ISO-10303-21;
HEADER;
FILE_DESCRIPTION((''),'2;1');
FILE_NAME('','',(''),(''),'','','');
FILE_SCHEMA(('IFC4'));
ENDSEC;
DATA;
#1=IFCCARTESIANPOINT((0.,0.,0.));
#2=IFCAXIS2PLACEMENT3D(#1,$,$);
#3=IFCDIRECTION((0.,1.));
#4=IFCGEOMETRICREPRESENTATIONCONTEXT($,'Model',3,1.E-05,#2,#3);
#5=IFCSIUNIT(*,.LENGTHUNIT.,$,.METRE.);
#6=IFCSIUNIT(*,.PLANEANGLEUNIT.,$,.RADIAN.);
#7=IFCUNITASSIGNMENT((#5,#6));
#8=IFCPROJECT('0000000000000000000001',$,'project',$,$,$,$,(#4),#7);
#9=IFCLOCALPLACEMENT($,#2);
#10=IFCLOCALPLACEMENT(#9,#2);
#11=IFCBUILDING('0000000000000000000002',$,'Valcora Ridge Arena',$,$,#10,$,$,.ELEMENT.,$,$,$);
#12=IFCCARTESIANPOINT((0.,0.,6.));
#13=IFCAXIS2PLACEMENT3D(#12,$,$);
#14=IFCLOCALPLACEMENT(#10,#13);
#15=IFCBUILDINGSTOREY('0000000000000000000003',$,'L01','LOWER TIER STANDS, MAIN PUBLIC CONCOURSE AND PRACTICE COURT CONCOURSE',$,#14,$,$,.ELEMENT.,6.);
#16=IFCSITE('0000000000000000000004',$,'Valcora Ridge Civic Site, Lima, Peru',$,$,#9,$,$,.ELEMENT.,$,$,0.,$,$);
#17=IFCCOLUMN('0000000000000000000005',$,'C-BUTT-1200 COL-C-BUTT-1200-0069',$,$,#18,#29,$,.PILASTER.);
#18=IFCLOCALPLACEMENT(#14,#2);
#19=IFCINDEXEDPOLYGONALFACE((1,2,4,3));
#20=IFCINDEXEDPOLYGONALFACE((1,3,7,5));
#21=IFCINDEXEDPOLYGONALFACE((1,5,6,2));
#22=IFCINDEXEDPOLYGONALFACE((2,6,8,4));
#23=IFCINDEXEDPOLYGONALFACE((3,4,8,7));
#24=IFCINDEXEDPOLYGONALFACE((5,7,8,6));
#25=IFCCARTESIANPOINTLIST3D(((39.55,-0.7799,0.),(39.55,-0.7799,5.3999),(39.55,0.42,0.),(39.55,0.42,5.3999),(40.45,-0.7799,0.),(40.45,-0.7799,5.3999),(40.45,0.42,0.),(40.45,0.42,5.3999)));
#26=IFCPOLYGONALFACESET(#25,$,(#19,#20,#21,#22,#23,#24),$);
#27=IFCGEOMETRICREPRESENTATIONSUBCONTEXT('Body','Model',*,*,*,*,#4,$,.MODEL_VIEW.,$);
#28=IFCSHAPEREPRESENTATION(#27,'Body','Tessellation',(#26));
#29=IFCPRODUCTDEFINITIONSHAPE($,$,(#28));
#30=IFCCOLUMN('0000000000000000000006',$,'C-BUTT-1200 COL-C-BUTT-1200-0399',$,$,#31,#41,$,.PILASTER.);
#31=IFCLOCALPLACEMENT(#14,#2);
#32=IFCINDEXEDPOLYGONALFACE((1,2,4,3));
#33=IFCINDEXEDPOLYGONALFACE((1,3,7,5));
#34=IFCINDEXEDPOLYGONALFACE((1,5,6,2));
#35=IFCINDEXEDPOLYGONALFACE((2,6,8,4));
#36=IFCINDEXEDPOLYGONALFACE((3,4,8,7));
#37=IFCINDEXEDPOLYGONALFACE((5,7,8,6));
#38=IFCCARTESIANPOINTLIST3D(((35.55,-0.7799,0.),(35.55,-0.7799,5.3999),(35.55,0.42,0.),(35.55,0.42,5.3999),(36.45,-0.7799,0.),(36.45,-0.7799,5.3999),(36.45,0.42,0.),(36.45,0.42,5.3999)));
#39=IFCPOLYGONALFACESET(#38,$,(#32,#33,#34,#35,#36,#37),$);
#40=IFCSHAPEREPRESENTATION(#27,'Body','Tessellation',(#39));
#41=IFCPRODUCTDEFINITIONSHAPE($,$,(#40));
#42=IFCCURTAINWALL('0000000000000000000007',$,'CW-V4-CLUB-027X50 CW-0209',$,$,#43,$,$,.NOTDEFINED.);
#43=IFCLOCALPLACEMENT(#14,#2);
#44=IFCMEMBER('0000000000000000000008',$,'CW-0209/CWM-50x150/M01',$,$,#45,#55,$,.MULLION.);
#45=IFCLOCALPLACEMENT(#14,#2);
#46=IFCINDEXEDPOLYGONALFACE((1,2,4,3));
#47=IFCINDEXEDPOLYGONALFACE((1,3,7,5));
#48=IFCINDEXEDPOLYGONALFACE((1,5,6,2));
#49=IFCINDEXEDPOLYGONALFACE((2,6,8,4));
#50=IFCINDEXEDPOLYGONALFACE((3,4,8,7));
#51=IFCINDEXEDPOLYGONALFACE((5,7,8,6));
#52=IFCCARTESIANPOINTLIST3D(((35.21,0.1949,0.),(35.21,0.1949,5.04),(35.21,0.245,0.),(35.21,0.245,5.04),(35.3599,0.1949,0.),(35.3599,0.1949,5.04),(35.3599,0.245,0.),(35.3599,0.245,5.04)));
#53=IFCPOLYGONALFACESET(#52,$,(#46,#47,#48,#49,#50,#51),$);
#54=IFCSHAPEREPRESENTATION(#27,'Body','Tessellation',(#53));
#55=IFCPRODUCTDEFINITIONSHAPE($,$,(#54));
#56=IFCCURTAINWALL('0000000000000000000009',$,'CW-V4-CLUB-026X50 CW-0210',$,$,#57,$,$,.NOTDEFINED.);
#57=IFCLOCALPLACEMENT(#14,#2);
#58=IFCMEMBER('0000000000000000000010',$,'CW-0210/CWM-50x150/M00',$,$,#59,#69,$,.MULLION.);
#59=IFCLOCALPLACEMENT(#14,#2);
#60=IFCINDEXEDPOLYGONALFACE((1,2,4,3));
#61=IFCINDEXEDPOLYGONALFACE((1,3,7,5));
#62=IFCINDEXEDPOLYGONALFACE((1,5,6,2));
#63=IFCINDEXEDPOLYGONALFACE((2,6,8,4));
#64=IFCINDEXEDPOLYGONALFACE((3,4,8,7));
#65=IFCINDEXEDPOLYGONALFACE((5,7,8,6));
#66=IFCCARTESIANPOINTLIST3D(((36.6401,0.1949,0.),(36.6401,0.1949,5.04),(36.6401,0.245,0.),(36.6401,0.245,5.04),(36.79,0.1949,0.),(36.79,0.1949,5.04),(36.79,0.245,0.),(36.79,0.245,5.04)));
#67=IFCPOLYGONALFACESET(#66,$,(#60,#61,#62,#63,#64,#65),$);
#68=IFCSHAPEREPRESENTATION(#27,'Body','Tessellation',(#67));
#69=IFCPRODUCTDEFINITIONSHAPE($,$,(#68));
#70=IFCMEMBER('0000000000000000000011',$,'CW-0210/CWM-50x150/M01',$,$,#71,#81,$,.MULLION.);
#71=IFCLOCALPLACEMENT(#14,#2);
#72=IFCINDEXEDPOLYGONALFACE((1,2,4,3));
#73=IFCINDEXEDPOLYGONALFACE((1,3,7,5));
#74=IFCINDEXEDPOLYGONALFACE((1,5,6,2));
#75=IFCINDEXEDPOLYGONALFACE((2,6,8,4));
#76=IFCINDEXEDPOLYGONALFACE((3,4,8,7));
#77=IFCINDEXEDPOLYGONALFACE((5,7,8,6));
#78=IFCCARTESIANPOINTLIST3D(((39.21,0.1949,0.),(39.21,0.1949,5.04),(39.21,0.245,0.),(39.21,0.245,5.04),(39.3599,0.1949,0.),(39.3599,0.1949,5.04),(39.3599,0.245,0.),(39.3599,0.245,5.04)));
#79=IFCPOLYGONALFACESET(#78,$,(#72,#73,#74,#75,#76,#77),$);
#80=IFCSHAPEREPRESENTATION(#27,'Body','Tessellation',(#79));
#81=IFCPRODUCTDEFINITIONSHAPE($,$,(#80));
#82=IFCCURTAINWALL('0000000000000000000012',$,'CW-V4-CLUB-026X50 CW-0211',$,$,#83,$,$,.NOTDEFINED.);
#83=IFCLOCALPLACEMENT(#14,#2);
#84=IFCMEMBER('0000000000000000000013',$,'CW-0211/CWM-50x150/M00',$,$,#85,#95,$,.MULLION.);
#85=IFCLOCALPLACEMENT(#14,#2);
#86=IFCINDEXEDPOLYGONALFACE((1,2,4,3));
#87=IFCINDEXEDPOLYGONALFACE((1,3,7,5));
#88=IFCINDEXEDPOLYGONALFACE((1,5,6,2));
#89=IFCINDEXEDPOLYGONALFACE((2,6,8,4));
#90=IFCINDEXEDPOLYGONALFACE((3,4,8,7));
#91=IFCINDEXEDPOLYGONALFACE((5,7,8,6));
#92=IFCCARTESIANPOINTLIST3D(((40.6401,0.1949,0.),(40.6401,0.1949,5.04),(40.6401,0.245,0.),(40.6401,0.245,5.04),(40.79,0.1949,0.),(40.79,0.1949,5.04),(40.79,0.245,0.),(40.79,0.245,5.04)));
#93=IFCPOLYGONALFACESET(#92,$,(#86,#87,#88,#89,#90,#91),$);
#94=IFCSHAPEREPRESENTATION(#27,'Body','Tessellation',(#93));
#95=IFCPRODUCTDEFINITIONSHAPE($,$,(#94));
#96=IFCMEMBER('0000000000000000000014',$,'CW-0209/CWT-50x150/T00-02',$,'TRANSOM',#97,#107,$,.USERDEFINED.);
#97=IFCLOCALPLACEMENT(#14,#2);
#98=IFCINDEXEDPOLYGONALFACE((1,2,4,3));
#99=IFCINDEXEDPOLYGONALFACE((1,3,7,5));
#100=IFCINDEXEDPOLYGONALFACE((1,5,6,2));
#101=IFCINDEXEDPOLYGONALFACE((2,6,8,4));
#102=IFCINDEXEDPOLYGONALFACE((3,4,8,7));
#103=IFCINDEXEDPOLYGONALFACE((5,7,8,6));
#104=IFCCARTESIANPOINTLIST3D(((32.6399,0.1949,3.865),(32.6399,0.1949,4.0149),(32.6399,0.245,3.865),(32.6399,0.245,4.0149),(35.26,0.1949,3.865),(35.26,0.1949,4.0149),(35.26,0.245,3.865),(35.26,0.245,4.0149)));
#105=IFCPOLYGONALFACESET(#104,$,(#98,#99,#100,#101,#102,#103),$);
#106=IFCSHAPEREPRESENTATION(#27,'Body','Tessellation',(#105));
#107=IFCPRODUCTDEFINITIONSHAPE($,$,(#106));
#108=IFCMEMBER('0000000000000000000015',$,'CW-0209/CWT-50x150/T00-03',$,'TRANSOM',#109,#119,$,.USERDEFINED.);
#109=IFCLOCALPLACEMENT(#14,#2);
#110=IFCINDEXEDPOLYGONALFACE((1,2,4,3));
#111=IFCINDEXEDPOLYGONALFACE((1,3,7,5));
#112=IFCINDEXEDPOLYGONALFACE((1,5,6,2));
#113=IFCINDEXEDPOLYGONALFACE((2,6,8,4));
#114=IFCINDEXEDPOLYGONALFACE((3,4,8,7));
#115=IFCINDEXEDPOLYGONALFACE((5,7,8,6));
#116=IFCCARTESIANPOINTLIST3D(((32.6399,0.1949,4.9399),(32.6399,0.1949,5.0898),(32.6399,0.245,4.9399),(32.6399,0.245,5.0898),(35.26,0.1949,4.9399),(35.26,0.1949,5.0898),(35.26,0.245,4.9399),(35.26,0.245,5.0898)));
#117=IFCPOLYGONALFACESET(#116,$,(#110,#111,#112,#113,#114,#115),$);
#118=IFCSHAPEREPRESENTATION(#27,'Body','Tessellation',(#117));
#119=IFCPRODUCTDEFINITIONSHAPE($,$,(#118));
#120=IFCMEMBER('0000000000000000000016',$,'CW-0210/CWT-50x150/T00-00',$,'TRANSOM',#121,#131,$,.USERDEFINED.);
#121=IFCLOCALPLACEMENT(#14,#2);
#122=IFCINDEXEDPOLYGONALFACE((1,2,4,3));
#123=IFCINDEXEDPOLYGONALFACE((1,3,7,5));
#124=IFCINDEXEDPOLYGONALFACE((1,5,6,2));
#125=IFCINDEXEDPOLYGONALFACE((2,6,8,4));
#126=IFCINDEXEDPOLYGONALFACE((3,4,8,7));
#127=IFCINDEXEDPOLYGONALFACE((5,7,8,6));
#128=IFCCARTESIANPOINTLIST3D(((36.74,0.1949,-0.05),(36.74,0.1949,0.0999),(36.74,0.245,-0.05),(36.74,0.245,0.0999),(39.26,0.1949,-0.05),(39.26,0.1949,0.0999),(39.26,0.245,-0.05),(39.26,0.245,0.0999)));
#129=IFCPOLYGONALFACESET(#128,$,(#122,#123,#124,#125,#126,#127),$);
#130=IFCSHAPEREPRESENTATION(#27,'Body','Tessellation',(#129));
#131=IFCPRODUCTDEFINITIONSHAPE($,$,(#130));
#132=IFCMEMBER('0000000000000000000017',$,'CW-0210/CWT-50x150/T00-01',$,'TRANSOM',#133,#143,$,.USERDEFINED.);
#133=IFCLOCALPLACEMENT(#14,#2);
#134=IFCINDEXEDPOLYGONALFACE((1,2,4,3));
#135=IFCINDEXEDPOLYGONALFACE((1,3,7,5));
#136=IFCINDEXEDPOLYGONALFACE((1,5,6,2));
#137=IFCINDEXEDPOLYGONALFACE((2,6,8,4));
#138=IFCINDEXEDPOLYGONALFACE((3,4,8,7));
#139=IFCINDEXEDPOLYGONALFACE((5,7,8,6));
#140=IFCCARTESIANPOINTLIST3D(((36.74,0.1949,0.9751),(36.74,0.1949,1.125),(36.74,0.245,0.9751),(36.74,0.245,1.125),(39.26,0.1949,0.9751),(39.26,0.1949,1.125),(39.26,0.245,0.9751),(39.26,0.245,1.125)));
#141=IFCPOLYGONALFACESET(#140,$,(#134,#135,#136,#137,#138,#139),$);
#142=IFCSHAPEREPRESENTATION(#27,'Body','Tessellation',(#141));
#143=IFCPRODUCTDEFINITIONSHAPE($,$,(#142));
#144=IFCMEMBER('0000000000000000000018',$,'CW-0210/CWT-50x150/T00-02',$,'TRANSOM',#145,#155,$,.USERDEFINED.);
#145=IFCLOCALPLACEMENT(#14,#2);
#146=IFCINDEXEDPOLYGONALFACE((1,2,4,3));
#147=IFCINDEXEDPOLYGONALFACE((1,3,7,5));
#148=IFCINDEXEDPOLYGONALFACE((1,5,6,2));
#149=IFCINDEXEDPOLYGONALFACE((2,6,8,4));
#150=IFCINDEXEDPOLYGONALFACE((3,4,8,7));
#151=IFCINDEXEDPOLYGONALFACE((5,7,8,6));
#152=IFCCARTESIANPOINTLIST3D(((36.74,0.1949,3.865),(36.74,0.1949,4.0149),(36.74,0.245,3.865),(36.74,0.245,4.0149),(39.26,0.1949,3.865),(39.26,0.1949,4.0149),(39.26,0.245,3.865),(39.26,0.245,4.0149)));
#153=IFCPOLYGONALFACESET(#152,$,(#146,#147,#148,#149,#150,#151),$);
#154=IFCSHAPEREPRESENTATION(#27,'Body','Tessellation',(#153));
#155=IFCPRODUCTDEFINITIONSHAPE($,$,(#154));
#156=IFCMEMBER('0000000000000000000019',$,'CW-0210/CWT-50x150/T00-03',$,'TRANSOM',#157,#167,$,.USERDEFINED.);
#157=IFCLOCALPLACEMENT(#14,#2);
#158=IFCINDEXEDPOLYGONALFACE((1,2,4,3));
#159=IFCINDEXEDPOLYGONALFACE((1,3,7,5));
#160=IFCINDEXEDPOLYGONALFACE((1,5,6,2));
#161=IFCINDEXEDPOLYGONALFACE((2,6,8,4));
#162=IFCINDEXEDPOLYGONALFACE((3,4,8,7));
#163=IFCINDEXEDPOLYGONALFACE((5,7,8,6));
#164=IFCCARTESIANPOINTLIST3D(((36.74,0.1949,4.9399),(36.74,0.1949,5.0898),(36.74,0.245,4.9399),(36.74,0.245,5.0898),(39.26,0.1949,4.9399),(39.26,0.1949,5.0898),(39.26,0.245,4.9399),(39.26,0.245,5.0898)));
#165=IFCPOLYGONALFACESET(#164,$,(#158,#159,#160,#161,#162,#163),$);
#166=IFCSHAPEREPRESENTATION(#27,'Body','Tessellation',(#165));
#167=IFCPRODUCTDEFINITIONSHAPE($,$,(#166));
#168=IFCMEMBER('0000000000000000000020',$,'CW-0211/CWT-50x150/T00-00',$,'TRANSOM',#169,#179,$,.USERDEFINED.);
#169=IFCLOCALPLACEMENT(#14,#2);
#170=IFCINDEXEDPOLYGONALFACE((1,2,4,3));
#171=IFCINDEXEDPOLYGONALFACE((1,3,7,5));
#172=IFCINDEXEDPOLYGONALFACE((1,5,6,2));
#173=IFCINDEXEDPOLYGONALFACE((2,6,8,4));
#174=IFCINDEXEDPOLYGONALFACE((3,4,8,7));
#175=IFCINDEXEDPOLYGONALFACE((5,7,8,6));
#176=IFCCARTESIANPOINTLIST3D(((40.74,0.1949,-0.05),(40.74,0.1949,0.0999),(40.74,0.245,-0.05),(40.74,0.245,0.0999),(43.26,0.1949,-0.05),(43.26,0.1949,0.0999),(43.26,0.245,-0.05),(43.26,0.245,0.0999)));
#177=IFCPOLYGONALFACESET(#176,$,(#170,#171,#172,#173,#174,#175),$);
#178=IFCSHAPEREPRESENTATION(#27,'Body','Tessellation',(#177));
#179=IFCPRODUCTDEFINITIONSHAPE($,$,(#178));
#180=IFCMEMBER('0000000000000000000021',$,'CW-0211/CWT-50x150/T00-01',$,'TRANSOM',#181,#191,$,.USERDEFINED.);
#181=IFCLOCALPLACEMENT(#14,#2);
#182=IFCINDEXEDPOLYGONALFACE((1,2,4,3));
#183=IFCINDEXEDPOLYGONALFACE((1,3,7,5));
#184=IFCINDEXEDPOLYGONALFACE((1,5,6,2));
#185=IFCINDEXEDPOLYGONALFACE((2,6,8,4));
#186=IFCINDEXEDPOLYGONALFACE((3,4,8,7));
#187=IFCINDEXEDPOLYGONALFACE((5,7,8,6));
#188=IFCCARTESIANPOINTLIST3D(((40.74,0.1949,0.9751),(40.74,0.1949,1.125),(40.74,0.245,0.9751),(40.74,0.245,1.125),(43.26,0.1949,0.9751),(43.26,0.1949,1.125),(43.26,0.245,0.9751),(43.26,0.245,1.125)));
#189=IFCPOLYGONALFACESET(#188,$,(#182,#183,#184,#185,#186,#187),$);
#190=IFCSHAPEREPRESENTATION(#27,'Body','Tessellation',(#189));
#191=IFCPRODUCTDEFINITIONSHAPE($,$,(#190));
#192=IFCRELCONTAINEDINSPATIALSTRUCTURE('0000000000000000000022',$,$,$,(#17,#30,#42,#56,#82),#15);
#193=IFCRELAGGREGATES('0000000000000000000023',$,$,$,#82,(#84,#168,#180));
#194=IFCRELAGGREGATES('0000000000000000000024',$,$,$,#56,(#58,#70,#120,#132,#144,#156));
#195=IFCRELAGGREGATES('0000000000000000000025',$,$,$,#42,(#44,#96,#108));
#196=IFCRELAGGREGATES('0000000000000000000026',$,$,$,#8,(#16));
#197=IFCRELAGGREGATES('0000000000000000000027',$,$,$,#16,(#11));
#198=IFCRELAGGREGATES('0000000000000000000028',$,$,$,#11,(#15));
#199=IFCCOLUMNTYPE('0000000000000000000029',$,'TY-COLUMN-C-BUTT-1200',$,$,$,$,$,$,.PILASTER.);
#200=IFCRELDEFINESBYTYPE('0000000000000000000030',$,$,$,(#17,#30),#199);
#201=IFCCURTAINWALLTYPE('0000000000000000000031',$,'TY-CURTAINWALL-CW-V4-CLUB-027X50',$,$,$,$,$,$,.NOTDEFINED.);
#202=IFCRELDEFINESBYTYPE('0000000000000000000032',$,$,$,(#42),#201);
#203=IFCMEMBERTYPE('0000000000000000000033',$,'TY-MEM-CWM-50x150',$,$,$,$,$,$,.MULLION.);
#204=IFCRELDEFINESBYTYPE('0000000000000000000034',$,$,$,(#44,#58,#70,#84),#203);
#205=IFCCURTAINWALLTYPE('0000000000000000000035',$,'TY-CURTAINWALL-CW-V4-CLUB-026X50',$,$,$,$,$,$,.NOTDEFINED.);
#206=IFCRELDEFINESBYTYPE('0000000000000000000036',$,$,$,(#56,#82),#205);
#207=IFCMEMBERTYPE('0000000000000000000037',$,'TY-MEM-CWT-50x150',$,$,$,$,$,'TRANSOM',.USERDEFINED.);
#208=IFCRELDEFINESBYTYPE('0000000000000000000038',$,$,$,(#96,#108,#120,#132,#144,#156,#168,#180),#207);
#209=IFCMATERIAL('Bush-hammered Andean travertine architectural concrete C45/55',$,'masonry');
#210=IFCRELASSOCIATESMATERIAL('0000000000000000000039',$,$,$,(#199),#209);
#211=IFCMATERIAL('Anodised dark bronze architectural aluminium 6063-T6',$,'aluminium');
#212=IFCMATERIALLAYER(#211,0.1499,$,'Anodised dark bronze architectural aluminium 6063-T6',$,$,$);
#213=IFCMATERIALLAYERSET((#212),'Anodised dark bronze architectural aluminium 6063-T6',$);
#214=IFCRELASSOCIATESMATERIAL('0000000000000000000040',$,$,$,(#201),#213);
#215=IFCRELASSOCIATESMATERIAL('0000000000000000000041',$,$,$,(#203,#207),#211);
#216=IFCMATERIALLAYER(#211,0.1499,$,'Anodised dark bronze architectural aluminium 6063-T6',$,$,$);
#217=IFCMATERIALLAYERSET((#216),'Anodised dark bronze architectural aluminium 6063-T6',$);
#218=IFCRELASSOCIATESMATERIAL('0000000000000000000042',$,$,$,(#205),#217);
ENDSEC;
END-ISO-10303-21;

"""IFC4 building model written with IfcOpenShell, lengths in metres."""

from ifc_helpers import new_model, si_unit, direction, frame, origin, origin_2d, place, context, subcontext, project, spatial, rectangle, extrude, material, layer, layer_set, material_profile, profile_set, type_object, element, aggregate, save


model = new_model("IFC4")

# Units and contexts
model_context = context("Model", 3, precision=1e-05, world=origin(), true_north=direction((0.0, 1.0)))
body_context = subcontext(model_context, "Body", "Model", "MODEL_VIEW")
ifc_project = project(units=[si_unit("LENGTHUNIT", "METRE"), si_unit("PLANEANGLEUNIT", "RADIAN")], contexts=[model_context])

# Site, building, storey
site_placement = place(None, origin())
site = spatial("IfcSite", under=ifc_project, at=site_placement, Name="Valcora Ridge Civic Site, Lima, Peru", CompositionType="ELEMENT", RefElevation=0.0)
building_placement = place(site_placement, origin())
building = spatial("IfcBuilding", under=site, at=building_placement, Name="Valcora Ridge Arena", CompositionType="ELEMENT")
storey_placement = place(building_placement, frame((0.0, 0.0, 6.0)))
storey = spatial("IfcBuildingStorey", under=building, at=storey_placement, Name="L01", Description="LOWER TIER STANDS, MAIN PUBLIC CONCOURSE AND PRACTICE COURT CONCOURSE", CompositionType="ELEMENT", Elevation=6.0)

# Columns
ifc_material_1 = material(Name="Bush-hammered Andean travertine architectural concrete C45/55", Category="masonry")
ifc_material_profile_1 = material_profile(ifc_material_1, rectangle(XDim=0.8999, YDim=1.2, at=origin_2d()), Name="RC 900x1200")
ifc_profile_set_1 = profile_set([ifc_material_profile_1], Name="Bush-hammered Andean travertine architectural concrete C45/55")
column_type = type_object("IfcColumnType", Name="TY-COLUMN-C-BUTT-1200", PredefinedType="PILASTER", material=ifc_profile_set_1)
for number, where, z_axis, x_axis, name in (
    (1, (40.0, -0.1799, 0.0), (0.0, 0.0, 1.0), (1.0, 0.0, 0.0), "C-BUTT-1200 COL-C-BUTT-1200-0069"),
    (2, (36.0, -0.1799, 0.0), (0.0, 0.0, 1.0), (1.0, 0.0, 0.0), "C-BUTT-1200 COL-C-BUTT-1200-0399"),
):
    element("IfcColumn", number, at=place(storey_placement, frame(where, z_axis=z_axis, x_axis=x_axis)), inside=storey, type_object=column_type, Name=name, PredefinedType="PILASTER", context=body_context, shape_type="SweptSolid", body=[
        extrude(rectangle(XDim=0.8999, YDim=1.2, at=origin_2d()), origin(), (0.0, 0.0, 1.0), 5.3999),
    ])

# Curtain wall, member
ifc_material_2 = material(Name="Anodised dark bronze architectural aluminium 6063-T6", Category="aluminium")
ifc_layer_1 = layer(ifc_material_2, 0.1499, Name="Anodised dark bronze architectural aluminium 6063-T6")
ifc_layer_set_1 = layer_set([ifc_layer_1], Name="Anodised dark bronze architectural aluminium 6063-T6")
curtain_wall_type_1 = type_object("IfcCurtainWallType", Name="TY-CURTAINWALL-CW-V4-CLUB-027X50", PredefinedType="NOTDEFINED", material=ifc_layer_set_1)
curtain_wall_1_placement = place(storey_placement, origin())
curtain_wall_1 = element("IfcCurtainWall", 3, at=curtain_wall_1_placement, inside=storey, type_object=curtain_wall_type_1, Name="CW-V4-CLUB-027X50 CW-0209", PredefinedType="NOTDEFINED")
ifc_material_profile_2 = material_profile(ifc_material_2, rectangle(XDim=0.05, YDim=0.1499, at=origin_2d()), Name="ALU MULLION 50x150")
ifc_profile_set_2 = profile_set([ifc_material_profile_2], Name="Anodised dark bronze architectural aluminium 6063-T6")
member_type_1 = type_object("IfcMemberType", Name="TY-MEM-CWM-50x150", PredefinedType="MULLION", material=ifc_profile_set_2)
member_1_placement = place(storey_placement, frame((35.2849, 0.22, 0.0), z_axis=(0.0, 0.0, 1.0), x_axis=(0.0, 1.0, 0.0)))
member_1 = element("IfcMember", 4, at=member_1_placement, type_object=member_type_1, Name="CW-0209/CWM-50x150/M01", PredefinedType="MULLION", context=body_context, shape_type="SweptSolid", body=[
    extrude(rectangle(XDim=0.05, YDim=0.1499, at=origin_2d()), origin(), (0.0, 0.0, 1.0), 5.04),
])

# Curtain wall, members
ifc_layer_2 = layer(ifc_material_2, 0.1499, Name="Anodised dark bronze architectural aluminium 6063-T6")
ifc_layer_set_2 = layer_set([ifc_layer_2], Name="Anodised dark bronze architectural aluminium 6063-T6")
curtain_wall_type_2 = type_object("IfcCurtainWallType", Name="TY-CURTAINWALL-CW-V4-CLUB-026X50", PredefinedType="NOTDEFINED", material=ifc_layer_set_2)
curtain_wall_2_placement = place(storey_placement, origin())
curtain_wall_2 = element("IfcCurtainWall", 5, at=curtain_wall_2_placement, inside=storey, type_object=curtain_wall_type_2, Name="CW-V4-CLUB-026X50 CW-0210", PredefinedType="NOTDEFINED")
member_2_placement = place(storey_placement, frame((36.7151, 0.22, 0.0), z_axis=(0.0, 0.0, 1.0), x_axis=(0.0, 1.0, 0.0)))
member_2 = element("IfcMember", 6, at=member_2_placement, type_object=member_type_1, Name="CW-0210/CWM-50x150/M00", PredefinedType="MULLION", context=body_context, shape_type="SweptSolid", body=[
    extrude(rectangle(XDim=0.05, YDim=0.1499, at=origin_2d()), origin(), (0.0, 0.0, 1.0), 5.04),
])
member_3_placement = place(storey_placement, frame((39.2849, 0.22, 0.0), z_axis=(0.0, 0.0, 1.0), x_axis=(0.0, 1.0, 0.0)))
member_3 = element("IfcMember", 7, at=member_3_placement, type_object=member_type_1, Name="CW-0210/CWM-50x150/M01", PredefinedType="MULLION", context=body_context, shape_type="SweptSolid", body=[
    extrude(rectangle(XDim=0.05, YDim=0.1499, at=origin_2d()), origin(), (0.0, 0.0, 1.0), 5.04),
])

# Curtain wall, member
curtain_wall_3_placement = place(storey_placement, origin())
curtain_wall_3 = element("IfcCurtainWall", 8, at=curtain_wall_3_placement, inside=storey, type_object=curtain_wall_type_2, Name="CW-V4-CLUB-026X50 CW-0211", PredefinedType="NOTDEFINED")
member_4_placement = place(storey_placement, frame((40.7151, 0.22, 0.0), z_axis=(0.0, 0.0, 1.0), x_axis=(0.0, 1.0, 0.0)))
member_4 = element("IfcMember", 9, at=member_4_placement, type_object=member_type_1, Name="CW-0211/CWM-50x150/M00", PredefinedType="MULLION", context=body_context, shape_type="SweptSolid", body=[
    extrude(rectangle(XDim=0.05, YDim=0.1499, at=origin_2d()), origin(), (0.0, 0.0, 1.0), 5.04),
])

# Members
ifc_material_profile_3 = material_profile(ifc_material_2, rectangle(XDim=0.05, YDim=0.1499, at=origin_2d()), Name="ALU TRANSOM 50x150")
ifc_profile_set_3 = profile_set([ifc_material_profile_3], Name="Anodised dark bronze architectural aluminium 6063-T6")
member_type_2 = type_object("IfcMemberType", Name="TY-MEM-CWT-50x150", ElementType="TRANSOM", PredefinedType="USERDEFINED", material=ifc_profile_set_3)
member_5_placement = place(storey_placement, frame((32.6399, 0.22, 3.9399), z_axis=(1.0, 0.0, 0.0), x_axis=(0.0, 1.0, 0.0)))
member_5 = element("IfcMember", 10, at=member_5_placement, type_object=member_type_2, Name="CW-0209/CWT-50x150/T00-02", ObjectType="TRANSOM", PredefinedType="USERDEFINED", context=body_context, shape_type="SweptSolid", body=[
    extrude(rectangle(XDim=0.05, YDim=0.1499, at=origin_2d()), origin(), (0.0, 0.0, 1.0), 2.6201),
])
member_6_placement = place(storey_placement, frame((32.6399, 0.22, 5.0149), z_axis=(1.0, 0.0, 0.0), x_axis=(0.0, 1.0, 0.0)))
member_6 = element("IfcMember", 11, at=member_6_placement, type_object=member_type_2, Name="CW-0209/CWT-50x150/T00-03", ObjectType="TRANSOM", PredefinedType="USERDEFINED", context=body_context, shape_type="SweptSolid", body=[
    extrude(rectangle(XDim=0.05, YDim=0.1499, at=origin_2d()), origin(), (0.0, 0.0, 1.0), 2.6201),
])
member_7_placement = place(storey_placement, frame((36.74, 0.22, 0.0249), z_axis=(1.0, 0.0, 0.0), x_axis=(0.0, 1.0, 0.0)))
member_7 = element("IfcMember", 12, at=member_7_placement, type_object=member_type_2, Name="CW-0210/CWT-50x150/T00-00", ObjectType="TRANSOM", PredefinedType="USERDEFINED", context=body_context, shape_type="SweptSolid", body=[
    extrude(rectangle(XDim=0.05, YDim=0.1499, at=origin_2d()), origin(), (0.0, 0.0, 1.0), 2.52),
])
member_8_placement = place(storey_placement, frame((36.74, 0.22, 1.05), z_axis=(1.0, 0.0, 0.0), x_axis=(0.0, 1.0, 0.0)))
member_8 = element("IfcMember", 13, at=member_8_placement, type_object=member_type_2, Name="CW-0210/CWT-50x150/T00-01", ObjectType="TRANSOM", PredefinedType="USERDEFINED", context=body_context, shape_type="SweptSolid", body=[
    extrude(rectangle(XDim=0.05, YDim=0.1499, at=origin_2d()), origin(), (0.0, 0.0, 1.0), 2.52),
])
member_9_placement = place(storey_placement, frame((36.74, 0.22, 3.9399), z_axis=(1.0, 0.0, 0.0), x_axis=(0.0, 1.0, 0.0)))
member_9 = element("IfcMember", 14, at=member_9_placement, type_object=member_type_2, Name="CW-0210/CWT-50x150/T00-02", ObjectType="TRANSOM", PredefinedType="USERDEFINED", context=body_context, shape_type="SweptSolid", body=[
    extrude(rectangle(XDim=0.05, YDim=0.1499, at=origin_2d()), origin(), (0.0, 0.0, 1.0), 2.52),
])
member_10_placement = place(storey_placement, frame((36.74, 0.22, 5.0149), z_axis=(1.0, 0.0, 0.0), x_axis=(0.0, 1.0, 0.0)))
member_10 = element("IfcMember", 15, at=member_10_placement, type_object=member_type_2, Name="CW-0210/CWT-50x150/T00-03", ObjectType="TRANSOM", PredefinedType="USERDEFINED", context=body_context, shape_type="SweptSolid", body=[
    extrude(rectangle(XDim=0.05, YDim=0.1499, at=origin_2d()), origin(), (0.0, 0.0, 1.0), 2.52),
])
member_11_placement = place(storey_placement, frame((40.74, 0.22, 0.0249), z_axis=(1.0, 0.0, 0.0), x_axis=(0.0, 1.0, 0.0)))
member_11 = element("IfcMember", 16, at=member_11_placement, type_object=member_type_2, Name="CW-0211/CWT-50x150/T00-00", ObjectType="TRANSOM", PredefinedType="USERDEFINED", context=body_context, shape_type="SweptSolid", body=[
    extrude(rectangle(XDim=0.05, YDim=0.1499, at=origin_2d()), origin(), (0.0, 0.0, 1.0), 2.52),
])
member_12_placement = place(storey_placement, frame((40.74, 0.22, 1.05), z_axis=(1.0, 0.0, 0.0), x_axis=(0.0, 1.0, 0.0)))
member_12 = element("IfcMember", 17, at=member_12_placement, type_object=member_type_2, Name="CW-0211/CWT-50x150/T00-01", ObjectType="TRANSOM", PredefinedType="USERDEFINED", context=body_context, shape_type="SweptSolid", body=[
    extrude(rectangle(XDim=0.05, YDim=0.1499, at=origin_2d()), origin(), (0.0, 0.0, 1.0), 2.52),
])
aggregate(curtain_wall_3, [member_4, member_11, member_12])

aggregate(curtain_wall_2, [member_2, member_3, member_7, member_8, member_9, member_10])
aggregate(curtain_wall_1, [member_1, member_5, member_6])

save(model, "model.ifc")
